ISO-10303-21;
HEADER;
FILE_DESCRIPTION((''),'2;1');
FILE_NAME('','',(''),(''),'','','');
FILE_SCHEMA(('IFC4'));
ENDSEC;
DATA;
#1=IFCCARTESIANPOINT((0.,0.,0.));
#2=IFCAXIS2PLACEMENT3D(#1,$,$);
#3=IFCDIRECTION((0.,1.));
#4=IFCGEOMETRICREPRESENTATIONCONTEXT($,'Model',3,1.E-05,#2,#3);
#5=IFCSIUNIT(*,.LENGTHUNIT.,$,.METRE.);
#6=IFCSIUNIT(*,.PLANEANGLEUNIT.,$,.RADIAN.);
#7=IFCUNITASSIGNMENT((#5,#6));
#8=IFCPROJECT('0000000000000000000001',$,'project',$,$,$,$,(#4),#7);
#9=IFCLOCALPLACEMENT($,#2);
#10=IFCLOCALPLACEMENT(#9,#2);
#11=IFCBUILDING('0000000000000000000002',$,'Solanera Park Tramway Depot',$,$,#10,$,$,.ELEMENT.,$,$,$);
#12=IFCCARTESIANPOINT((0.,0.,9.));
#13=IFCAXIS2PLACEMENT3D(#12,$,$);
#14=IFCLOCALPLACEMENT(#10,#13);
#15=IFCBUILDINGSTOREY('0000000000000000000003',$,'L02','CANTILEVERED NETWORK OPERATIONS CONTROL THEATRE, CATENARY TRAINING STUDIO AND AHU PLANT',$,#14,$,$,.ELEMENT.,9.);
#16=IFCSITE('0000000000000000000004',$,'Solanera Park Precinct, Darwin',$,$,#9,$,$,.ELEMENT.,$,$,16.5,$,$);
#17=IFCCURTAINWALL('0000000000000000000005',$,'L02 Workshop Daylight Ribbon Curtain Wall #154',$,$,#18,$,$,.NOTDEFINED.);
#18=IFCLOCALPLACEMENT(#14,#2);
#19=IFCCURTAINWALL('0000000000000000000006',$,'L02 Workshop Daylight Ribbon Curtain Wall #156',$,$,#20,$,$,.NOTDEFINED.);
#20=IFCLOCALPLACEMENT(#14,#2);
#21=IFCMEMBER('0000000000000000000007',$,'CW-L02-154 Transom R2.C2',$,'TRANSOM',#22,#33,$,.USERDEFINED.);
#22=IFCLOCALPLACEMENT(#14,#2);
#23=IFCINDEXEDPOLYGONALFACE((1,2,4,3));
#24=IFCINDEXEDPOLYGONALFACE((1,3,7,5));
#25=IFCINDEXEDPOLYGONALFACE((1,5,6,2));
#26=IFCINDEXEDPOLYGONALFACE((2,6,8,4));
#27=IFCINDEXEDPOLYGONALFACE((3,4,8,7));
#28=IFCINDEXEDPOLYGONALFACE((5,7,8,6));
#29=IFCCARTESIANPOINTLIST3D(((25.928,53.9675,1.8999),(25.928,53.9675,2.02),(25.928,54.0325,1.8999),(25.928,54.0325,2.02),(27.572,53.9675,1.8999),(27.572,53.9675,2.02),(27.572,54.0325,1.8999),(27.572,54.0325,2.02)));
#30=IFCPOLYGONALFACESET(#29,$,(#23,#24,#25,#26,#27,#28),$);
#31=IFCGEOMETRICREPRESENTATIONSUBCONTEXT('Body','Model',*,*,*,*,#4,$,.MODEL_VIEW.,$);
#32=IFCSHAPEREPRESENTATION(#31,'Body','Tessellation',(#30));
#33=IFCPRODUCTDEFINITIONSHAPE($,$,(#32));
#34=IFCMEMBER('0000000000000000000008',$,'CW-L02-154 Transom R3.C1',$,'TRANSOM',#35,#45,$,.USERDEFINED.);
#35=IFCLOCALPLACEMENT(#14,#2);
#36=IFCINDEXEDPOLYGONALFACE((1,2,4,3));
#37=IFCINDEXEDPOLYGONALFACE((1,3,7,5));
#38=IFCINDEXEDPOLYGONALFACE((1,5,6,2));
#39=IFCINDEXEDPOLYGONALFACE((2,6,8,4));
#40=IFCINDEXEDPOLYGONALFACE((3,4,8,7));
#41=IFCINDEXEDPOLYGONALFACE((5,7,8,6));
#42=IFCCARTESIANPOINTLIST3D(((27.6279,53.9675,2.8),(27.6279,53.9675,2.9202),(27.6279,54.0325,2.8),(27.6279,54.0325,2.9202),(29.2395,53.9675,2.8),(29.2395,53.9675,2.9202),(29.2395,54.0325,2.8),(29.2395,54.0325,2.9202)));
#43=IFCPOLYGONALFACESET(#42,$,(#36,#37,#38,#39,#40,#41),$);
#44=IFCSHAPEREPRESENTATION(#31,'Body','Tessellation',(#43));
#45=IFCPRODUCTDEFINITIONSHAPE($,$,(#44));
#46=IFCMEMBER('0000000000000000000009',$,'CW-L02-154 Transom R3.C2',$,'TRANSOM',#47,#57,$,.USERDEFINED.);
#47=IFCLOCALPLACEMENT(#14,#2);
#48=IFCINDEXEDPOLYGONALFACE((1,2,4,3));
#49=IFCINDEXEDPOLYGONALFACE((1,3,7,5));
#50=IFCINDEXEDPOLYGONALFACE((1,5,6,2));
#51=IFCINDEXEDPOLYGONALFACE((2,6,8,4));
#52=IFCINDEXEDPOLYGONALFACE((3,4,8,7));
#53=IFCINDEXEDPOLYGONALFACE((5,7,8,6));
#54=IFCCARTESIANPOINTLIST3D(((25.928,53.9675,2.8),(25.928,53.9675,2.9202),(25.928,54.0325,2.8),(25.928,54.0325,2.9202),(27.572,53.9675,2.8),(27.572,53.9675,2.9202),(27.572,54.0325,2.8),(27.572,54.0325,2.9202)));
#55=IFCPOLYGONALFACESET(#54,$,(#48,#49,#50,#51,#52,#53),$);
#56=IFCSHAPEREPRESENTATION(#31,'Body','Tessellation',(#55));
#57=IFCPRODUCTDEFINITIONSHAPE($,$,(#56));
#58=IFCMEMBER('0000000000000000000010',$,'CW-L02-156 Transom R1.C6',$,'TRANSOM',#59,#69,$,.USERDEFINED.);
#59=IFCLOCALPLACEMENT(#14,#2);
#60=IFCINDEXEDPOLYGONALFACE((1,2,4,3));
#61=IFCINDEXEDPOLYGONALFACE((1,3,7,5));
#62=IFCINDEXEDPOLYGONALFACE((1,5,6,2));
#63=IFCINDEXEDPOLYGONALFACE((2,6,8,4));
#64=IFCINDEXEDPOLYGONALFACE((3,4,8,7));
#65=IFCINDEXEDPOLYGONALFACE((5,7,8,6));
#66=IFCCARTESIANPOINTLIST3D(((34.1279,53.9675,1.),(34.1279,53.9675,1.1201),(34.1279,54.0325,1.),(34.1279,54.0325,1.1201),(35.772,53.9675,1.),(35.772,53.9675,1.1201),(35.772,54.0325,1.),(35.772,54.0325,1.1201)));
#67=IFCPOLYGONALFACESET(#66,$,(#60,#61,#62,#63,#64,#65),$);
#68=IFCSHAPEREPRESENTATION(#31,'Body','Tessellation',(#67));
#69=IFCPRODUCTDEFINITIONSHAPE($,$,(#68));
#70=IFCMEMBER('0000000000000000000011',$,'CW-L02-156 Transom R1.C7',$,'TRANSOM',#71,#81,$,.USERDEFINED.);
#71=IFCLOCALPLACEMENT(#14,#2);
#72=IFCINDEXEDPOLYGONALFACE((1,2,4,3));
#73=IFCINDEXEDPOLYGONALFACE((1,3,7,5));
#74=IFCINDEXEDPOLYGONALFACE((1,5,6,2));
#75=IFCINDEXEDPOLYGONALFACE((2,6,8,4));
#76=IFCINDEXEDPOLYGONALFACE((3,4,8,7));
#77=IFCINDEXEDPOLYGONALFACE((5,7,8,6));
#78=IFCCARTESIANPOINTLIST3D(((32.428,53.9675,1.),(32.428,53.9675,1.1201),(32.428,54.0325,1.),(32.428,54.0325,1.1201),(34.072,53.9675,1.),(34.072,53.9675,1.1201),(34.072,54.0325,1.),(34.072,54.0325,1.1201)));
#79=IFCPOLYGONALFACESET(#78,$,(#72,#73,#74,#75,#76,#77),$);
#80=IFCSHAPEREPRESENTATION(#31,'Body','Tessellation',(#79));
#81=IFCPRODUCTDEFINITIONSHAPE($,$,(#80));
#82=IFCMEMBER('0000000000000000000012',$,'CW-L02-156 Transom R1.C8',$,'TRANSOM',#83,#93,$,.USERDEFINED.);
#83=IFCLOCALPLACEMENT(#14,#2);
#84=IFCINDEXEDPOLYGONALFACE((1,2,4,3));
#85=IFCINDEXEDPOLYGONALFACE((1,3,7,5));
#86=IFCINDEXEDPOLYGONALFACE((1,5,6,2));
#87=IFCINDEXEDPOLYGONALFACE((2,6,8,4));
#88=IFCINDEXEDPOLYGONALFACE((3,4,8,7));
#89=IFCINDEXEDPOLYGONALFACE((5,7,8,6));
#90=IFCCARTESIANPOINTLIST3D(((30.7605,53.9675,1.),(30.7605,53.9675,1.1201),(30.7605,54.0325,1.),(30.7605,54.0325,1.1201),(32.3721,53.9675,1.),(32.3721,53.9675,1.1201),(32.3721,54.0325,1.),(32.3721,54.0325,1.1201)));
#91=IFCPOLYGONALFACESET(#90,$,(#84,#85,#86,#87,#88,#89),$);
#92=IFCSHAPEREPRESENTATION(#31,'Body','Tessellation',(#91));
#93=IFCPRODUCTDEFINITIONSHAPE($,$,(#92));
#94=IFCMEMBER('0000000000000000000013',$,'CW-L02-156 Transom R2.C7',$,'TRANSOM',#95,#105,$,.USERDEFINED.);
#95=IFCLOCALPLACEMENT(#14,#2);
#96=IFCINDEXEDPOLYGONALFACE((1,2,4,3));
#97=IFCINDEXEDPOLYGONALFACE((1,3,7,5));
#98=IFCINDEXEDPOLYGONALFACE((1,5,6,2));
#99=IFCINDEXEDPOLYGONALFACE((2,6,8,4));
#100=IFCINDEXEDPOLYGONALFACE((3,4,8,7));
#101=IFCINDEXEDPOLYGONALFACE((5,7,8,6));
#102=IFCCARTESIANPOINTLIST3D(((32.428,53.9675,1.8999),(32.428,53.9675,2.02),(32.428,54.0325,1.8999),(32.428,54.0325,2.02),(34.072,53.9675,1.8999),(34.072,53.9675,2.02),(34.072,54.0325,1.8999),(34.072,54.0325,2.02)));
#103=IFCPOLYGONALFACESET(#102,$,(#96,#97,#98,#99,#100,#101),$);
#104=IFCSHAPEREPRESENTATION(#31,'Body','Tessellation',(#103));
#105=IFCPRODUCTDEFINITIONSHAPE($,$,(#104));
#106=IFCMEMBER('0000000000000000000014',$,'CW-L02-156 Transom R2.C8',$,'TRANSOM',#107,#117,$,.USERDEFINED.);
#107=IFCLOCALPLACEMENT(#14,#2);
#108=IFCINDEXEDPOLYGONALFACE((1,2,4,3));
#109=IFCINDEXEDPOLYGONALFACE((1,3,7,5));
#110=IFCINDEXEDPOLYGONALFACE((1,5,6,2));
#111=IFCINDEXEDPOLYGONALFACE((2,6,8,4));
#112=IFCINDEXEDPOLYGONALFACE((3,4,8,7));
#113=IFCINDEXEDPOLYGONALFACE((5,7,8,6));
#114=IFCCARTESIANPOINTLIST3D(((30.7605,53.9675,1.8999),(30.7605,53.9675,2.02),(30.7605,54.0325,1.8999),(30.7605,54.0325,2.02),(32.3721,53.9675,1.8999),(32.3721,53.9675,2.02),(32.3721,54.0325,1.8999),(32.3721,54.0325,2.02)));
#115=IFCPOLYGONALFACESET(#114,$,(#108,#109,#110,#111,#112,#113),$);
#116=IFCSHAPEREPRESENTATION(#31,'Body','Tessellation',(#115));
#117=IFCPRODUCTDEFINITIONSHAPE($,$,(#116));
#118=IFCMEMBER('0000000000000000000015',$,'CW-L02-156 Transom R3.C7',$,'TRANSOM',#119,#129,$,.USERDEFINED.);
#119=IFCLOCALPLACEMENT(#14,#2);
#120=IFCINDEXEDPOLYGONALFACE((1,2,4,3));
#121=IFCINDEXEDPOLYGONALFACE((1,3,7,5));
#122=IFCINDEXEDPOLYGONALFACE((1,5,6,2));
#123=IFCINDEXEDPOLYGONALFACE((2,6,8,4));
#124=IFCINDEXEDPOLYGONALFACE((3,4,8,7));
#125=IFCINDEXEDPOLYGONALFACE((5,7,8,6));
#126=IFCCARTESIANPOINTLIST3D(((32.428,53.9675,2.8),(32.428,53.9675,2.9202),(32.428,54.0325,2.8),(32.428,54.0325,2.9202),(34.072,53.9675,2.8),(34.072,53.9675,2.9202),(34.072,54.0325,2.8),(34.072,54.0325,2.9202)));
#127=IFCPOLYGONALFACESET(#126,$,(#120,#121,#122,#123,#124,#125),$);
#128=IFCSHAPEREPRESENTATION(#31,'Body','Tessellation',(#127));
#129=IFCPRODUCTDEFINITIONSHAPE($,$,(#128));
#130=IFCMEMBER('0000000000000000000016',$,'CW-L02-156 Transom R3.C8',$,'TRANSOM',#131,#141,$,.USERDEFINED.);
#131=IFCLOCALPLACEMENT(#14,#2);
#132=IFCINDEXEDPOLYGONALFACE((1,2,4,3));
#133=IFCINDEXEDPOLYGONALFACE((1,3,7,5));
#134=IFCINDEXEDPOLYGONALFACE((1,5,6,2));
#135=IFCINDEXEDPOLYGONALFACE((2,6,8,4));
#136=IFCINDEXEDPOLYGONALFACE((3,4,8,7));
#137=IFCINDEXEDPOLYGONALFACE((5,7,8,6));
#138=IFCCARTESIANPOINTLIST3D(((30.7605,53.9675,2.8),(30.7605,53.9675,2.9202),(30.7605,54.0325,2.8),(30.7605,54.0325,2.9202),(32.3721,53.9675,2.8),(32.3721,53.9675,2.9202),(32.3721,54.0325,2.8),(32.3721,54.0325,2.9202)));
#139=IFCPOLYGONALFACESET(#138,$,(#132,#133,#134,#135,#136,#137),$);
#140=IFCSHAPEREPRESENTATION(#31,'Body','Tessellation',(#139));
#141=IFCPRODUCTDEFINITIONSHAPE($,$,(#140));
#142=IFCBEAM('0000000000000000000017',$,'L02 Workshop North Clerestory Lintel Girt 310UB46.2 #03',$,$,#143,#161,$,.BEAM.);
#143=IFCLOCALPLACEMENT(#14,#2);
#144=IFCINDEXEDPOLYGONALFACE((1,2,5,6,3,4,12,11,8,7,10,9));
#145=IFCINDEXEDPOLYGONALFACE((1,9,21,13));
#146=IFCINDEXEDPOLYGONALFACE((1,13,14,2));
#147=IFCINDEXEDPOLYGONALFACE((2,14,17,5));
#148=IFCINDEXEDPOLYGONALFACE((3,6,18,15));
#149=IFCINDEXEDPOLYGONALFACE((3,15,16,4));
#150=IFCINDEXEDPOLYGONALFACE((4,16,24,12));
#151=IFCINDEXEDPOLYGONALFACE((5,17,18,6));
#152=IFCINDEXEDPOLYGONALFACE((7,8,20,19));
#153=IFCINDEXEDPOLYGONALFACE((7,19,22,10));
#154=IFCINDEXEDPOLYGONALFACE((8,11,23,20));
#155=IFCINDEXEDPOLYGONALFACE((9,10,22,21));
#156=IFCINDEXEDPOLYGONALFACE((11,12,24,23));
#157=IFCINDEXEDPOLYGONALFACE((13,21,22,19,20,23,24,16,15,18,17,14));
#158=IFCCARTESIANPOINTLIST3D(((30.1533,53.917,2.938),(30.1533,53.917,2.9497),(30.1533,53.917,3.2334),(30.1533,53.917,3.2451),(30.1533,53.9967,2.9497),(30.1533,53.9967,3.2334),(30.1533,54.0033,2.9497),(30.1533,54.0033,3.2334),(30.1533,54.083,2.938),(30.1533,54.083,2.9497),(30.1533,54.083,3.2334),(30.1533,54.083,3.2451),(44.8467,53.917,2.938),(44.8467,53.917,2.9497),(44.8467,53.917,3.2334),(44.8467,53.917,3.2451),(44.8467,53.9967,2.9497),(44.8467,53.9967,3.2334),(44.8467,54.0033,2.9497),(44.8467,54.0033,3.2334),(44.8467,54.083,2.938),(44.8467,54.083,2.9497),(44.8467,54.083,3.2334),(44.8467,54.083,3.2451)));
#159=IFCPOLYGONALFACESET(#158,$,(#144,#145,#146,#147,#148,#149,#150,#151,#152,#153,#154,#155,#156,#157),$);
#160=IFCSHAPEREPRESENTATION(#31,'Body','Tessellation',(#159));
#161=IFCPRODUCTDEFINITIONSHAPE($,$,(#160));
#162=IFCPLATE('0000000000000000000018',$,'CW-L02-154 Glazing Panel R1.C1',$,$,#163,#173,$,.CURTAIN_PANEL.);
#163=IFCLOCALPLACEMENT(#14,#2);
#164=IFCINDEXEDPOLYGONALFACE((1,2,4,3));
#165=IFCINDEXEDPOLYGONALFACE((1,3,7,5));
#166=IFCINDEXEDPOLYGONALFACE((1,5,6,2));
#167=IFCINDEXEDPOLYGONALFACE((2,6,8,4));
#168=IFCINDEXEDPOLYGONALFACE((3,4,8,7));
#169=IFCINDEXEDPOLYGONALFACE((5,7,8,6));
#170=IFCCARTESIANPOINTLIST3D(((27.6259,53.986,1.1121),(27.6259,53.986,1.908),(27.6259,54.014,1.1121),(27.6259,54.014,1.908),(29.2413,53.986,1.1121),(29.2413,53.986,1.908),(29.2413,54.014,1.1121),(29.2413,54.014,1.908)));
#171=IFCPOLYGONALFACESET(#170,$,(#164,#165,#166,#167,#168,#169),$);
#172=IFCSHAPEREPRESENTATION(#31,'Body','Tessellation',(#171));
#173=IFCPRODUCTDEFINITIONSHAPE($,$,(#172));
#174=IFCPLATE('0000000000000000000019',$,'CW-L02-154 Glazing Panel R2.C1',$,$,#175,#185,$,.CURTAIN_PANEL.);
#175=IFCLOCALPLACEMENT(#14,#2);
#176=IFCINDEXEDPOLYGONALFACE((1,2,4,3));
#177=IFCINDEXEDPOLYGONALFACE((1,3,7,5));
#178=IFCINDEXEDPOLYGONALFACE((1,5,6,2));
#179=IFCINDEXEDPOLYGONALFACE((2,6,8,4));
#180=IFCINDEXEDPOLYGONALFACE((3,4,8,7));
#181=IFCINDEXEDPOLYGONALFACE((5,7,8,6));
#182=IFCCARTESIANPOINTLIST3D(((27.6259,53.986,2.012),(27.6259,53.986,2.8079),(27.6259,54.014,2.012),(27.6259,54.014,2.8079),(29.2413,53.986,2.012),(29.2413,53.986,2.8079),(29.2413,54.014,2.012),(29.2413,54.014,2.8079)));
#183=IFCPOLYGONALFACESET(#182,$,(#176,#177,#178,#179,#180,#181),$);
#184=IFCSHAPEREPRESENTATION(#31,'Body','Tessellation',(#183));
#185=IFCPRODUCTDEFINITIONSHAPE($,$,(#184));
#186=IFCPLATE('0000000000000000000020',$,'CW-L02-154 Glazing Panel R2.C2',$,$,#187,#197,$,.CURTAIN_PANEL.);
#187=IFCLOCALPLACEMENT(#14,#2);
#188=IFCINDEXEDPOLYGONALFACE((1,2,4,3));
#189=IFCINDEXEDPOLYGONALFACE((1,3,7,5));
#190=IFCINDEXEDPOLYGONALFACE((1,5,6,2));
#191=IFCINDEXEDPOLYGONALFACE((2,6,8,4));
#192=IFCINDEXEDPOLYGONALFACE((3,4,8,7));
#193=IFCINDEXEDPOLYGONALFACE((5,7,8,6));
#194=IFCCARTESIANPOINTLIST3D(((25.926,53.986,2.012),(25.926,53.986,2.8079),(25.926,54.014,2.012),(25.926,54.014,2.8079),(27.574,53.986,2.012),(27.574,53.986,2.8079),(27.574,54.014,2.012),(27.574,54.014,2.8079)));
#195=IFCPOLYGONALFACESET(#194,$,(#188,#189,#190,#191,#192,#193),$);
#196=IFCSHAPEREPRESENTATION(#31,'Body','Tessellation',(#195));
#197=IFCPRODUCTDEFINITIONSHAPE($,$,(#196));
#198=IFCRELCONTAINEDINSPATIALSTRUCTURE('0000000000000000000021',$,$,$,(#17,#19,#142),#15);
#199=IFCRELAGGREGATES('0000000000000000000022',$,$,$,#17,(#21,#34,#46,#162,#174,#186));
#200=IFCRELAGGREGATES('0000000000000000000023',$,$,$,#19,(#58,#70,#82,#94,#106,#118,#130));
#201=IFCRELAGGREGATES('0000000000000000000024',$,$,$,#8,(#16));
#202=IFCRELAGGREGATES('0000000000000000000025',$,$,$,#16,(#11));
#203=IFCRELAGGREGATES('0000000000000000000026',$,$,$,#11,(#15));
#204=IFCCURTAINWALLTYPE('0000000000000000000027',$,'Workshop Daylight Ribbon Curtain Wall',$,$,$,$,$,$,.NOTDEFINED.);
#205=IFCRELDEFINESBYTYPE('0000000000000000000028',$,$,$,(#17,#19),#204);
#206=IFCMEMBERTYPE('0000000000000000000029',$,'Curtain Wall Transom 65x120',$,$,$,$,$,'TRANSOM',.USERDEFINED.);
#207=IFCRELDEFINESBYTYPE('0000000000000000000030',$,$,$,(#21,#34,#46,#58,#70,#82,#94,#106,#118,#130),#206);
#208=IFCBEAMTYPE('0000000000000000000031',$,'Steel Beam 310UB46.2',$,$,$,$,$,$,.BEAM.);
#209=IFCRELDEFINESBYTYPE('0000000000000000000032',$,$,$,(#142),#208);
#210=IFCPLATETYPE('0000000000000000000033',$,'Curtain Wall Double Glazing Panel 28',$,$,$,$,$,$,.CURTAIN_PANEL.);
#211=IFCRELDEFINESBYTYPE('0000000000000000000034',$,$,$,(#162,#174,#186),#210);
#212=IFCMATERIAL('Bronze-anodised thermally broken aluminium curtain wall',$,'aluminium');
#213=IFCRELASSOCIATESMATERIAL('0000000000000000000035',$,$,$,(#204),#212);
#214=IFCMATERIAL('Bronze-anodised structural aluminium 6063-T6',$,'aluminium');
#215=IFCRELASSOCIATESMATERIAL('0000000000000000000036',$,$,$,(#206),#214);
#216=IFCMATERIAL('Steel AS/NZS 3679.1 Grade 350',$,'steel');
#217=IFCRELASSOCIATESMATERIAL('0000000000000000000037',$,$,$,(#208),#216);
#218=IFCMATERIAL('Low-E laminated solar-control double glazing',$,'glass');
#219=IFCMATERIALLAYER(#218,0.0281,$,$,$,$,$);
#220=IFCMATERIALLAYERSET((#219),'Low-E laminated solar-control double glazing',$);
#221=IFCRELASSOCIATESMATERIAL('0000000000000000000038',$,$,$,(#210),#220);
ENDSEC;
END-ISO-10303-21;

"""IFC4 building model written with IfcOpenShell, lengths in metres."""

from ifc_helpers import new_model, si_unit, direction, frame, origin, origin_2d, place, context, subcontext, project, spatial, rectangle, i_section, extrude, material, layer, layer_set, material_profile, profile_set, type_object, element, aggregate, save


model = new_model("IFC4")

# Units and contexts
model_context = context("Model", 3, precision=1e-05, world=origin(), true_north=direction((0.0, 1.0)))
body_context = subcontext(model_context, "Body", "Model", "MODEL_VIEW")
ifc_project = project(units=[si_unit("LENGTHUNIT", "METRE"), si_unit("PLANEANGLEUNIT", "RADIAN")], contexts=[model_context])

# Site, building, storey
site_placement = place(None, origin())
site = spatial("IfcSite", under=ifc_project, at=site_placement, Name="Solanera Park Precinct, Darwin", CompositionType="ELEMENT", RefElevation=16.5)
building_placement = place(site_placement, origin())
building = spatial("IfcBuilding", under=site, at=building_placement, Name="Solanera Park Tramway Depot", CompositionType="ELEMENT")
storey_placement = place(building_placement, frame((0.0, 0.0, 9.0)))
storey = spatial("IfcBuildingStorey", under=building, at=storey_placement, Name="L02", Description="CANTILEVERED NETWORK OPERATIONS CONTROL THEATRE, CATENARY TRAINING STUDIO AND AHU PLANT", CompositionType="ELEMENT", Elevation=9.0)

# Curtain walls
ifc_material_1 = material(Name="Bronze-anodised thermally broken aluminium curtain wall", Category="aluminium")
curtain_wall_type = type_object("IfcCurtainWallType", Name="Workshop Daylight Ribbon Curtain Wall", PredefinedType="NOTDEFINED", material=ifc_material_1)
curtain_wall_1_placement = place(storey_placement, origin())
curtain_wall_1 = element("IfcCurtainWall", 1, at=curtain_wall_1_placement, inside=storey, type_object=curtain_wall_type, Name="L02 Workshop Daylight Ribbon Curtain Wall #154", PredefinedType="NOTDEFINED")
curtain_wall_2_placement = place(storey_placement, origin())
curtain_wall_2 = element("IfcCurtainWall", 2, at=curtain_wall_2_placement, inside=storey, type_object=curtain_wall_type, Name="L02 Workshop Daylight Ribbon Curtain Wall #156", PredefinedType="NOTDEFINED")

# Members
ifc_material_2 = material(Name="Bronze-anodised structural aluminium 6063-T6", Category="aluminium")
ifc_material_profile_1 = material_profile(ifc_material_2, rectangle(XDim=0.0649, YDim=0.1201, at=origin_2d()), Name="Curtain Wall Transom 65x120")
ifc_profile_set_1 = profile_set([ifc_material_profile_1], Name="Bronze-anodised structural aluminium 6063-T6")
member_type_1 = type_object("IfcMemberType", Name="Curtain Wall Transom 65x120", ElementType="TRANSOM", PredefinedType="USERDEFINED", material=ifc_profile_set_1)
member_1_placement = place(storey_placement, frame((27.572, 54.0, 1.96), z_axis=(-1.0, 0.0, 0.0), x_axis=(0.0, -1.0, 0.0)))
member_1 = element("IfcMember", 3, at=member_1_placement, type_object=member_type_1, Name="CW-L02-154 Transom R2.C2", ObjectType="TRANSOM", PredefinedType="USERDEFINED", context=body_context, shape_type="SweptSolid", body=[
    extrude(rectangle(XDim=0.0649, YDim=0.1201, at=origin_2d()), origin(), (0.0, 0.0, 1.0), 1.644),
])
member_2_placement = place(storey_placement, frame((29.2395, 54.0, 2.8601), z_axis=(-1.0, 0.0, 0.0), x_axis=(0.0, -1.0, 0.0)))
member_2 = element("IfcMember", 4, at=member_2_placement, type_object=member_type_1, Name="CW-L02-154 Transom R3.C1", ObjectType="TRANSOM", PredefinedType="USERDEFINED", context=body_context, shape_type="SweptSolid", body=[
    extrude(rectangle(XDim=0.0649, YDim=0.1201, at=origin_2d()), origin(), (0.0, 0.0, 1.0), 1.6116),
])
member_3_placement = place(storey_placement, frame((27.572, 54.0, 2.8601), z_axis=(-1.0, 0.0, 0.0), x_axis=(0.0, -1.0, 0.0)))
member_3 = element("IfcMember", 5, at=member_3_placement, type_object=member_type_1, Name="CW-L02-154 Transom R3.C2", ObjectType="TRANSOM", PredefinedType="USERDEFINED", context=body_context, shape_type="SweptSolid", body=[
    extrude(rectangle(XDim=0.0649, YDim=0.1201, at=origin_2d()), origin(), (0.0, 0.0, 1.0), 1.644),
])
member_4_placement = place(storey_placement, frame((35.772, 54.0, 1.0601), z_axis=(-1.0, 0.0, 0.0), x_axis=(0.0, -1.0, 0.0)))
member_4 = element("IfcMember", 6, at=member_4_placement, type_object=member_type_1, Name="CW-L02-156 Transom R1.C6", ObjectType="TRANSOM", PredefinedType="USERDEFINED", context=body_context, shape_type="SweptSolid", body=[
    extrude(rectangle(XDim=0.0649, YDim=0.1201, at=origin_2d()), origin(), (0.0, 0.0, 1.0), 1.644),
])
member_5_placement = place(storey_placement, frame((34.072, 54.0, 1.0601), z_axis=(-1.0, 0.0, 0.0), x_axis=(0.0, -1.0, 0.0)))
member_5 = element("IfcMember", 7, at=member_5_placement, type_object=member_type_1, Name="CW-L02-156 Transom R1.C7", ObjectType="TRANSOM", PredefinedType="USERDEFINED", context=body_context, shape_type="SweptSolid", body=[
    extrude(rectangle(XDim=0.0649, YDim=0.1201, at=origin_2d()), origin(), (0.0, 0.0, 1.0), 1.644),
])
member_6_placement = place(storey_placement, frame((32.3721, 54.0, 1.0601), z_axis=(-1.0, 0.0, 0.0), x_axis=(0.0, -1.0, 0.0)))
member_6 = element("IfcMember", 8, at=member_6_placement, type_object=member_type_1, Name="CW-L02-156 Transom R1.C8", ObjectType="TRANSOM", PredefinedType="USERDEFINED", context=body_context, shape_type="SweptSolid", body=[
    extrude(rectangle(XDim=0.0649, YDim=0.1201, at=origin_2d()), origin(), (0.0, 0.0, 1.0), 1.6116),
])
member_7_placement = place(storey_placement, frame((34.072, 54.0, 1.96), z_axis=(-1.0, 0.0, 0.0), x_axis=(0.0, -1.0, 0.0)))
member_7 = element("IfcMember", 9, at=member_7_placement, type_object=member_type_1, Name="CW-L02-156 Transom R2.C7", ObjectType="TRANSOM", PredefinedType="USERDEFINED", context=body_context, shape_type="SweptSolid", body=[
    extrude(rectangle(XDim=0.0649, YDim=0.1201, at=origin_2d()), origin(), (0.0, 0.0, 1.0), 1.644),
])
member_8_placement = place(storey_placement, frame((32.3721, 54.0, 1.96), z_axis=(-1.0, 0.0, 0.0), x_axis=(0.0, -1.0, 0.0)))
member_8 = element("IfcMember", 10, at=member_8_placement, type_object=member_type_1, Name="CW-L02-156 Transom R2.C8", ObjectType="TRANSOM", PredefinedType="USERDEFINED", context=body_context, shape_type="SweptSolid", body=[
    extrude(rectangle(XDim=0.0649, YDim=0.1201, at=origin_2d()), origin(), (0.0, 0.0, 1.0), 1.6116),
])
member_9_placement = place(storey_placement, frame((34.072, 54.0, 2.8601), z_axis=(-1.0, 0.0, 0.0), x_axis=(0.0, -1.0, 0.0)))
member_9 = element("IfcMember", 11, at=member_9_placement, type_object=member_type_1, Name="CW-L02-156 Transom R3.C7", ObjectType="TRANSOM", PredefinedType="USERDEFINED", context=body_context, shape_type="SweptSolid", body=[
    extrude(rectangle(XDim=0.0649, YDim=0.1201, at=origin_2d()), origin(), (0.0, 0.0, 1.0), 1.644),
])
member_10_placement = place(storey_placement, frame((32.3721, 54.0, 2.8601), z_axis=(-1.0, 0.0, 0.0), x_axis=(0.0, -1.0, 0.0)))
member_10 = element("IfcMember", 12, at=member_10_placement, type_object=member_type_1, Name="CW-L02-156 Transom R3.C8", ObjectType="TRANSOM", PredefinedType="USERDEFINED", context=body_context, shape_type="SweptSolid", body=[
    extrude(rectangle(XDim=0.0649, YDim=0.1201, at=origin_2d()), origin(), (0.0, 0.0, 1.0), 1.6116),
])

# Beam
ifc_material_3 = material(Name="Steel AS/NZS 3679.1 Grade 350", Category="steel")
ifc_material_profile_2 = material_profile(ifc_material_3, i_section(OverallWidth=0.166, OverallDepth=0.3071, WebThickness=0.0066, FlangeThickness=0.0117, at=origin_2d()), Name="310UB46.2")
ifc_profile_set_2 = profile_set([ifc_material_profile_2], Name="Steel AS/NZS 3679.1 Grade 350")
beam_type = type_object("IfcBeamType", Name="Steel Beam 310UB46.2", PredefinedType="BEAM", material=ifc_profile_set_2)
beam_placement = place(storey_placement, frame((30.1533, 54.0, 3.0916), z_axis=(1.0, 0.0, 0.0), x_axis=(0.0, 1.0, 0.0)))
element("IfcBeam", 13, at=beam_placement, inside=storey, type_object=beam_type, Name="L02 Workshop North Clerestory Lintel Girt 310UB46.2 #03", PredefinedType="BEAM", context=body_context, shape_type="SweptSolid", body=[
    extrude(i_section(OverallWidth=0.166, OverallDepth=0.3071, WebThickness=0.0066, FlangeThickness=0.0117, at=origin_2d()), origin(), (0.0, 0.0, 1.0), 14.6934),
])

# Plates
ifc_material_4 = material(Name="Low-E laminated solar-control double glazing", Category="glass")
ifc_layer = layer(ifc_material_4, 0.0281)
ifc_layer_set = layer_set([ifc_layer], Name="Low-E laminated solar-control double glazing")
plate_type = type_object("IfcPlateType", Name="Curtain Wall Double Glazing Panel 28", PredefinedType="CURTAIN_PANEL", material=ifc_layer_set)
plate_1_placement = place(storey_placement, frame((28.4336, 54.0, 1.1121), z_axis=(0.0, 0.0, 1.0), x_axis=(-1.0, 0.0, 0.0)))
plate_1 = element("IfcPlate", 14, at=plate_1_placement, type_object=plate_type, Name="CW-L02-154 Glazing Panel R1.C1", PredefinedType="CURTAIN_PANEL", context=body_context, shape_type="SweptSolid", body=[
    extrude(rectangle(XDim=1.6155, YDim=0.0281, at=origin_2d()), origin(), (0.0, 0.0, 1.0), 0.7959),
])
plate_2_placement = place(storey_placement, frame((28.4336, 54.0, 2.012), z_axis=(0.0, 0.0, 1.0), x_axis=(-1.0, 0.0, 0.0)))
plate_2 = element("IfcPlate", 15, at=plate_2_placement, type_object=plate_type, Name="CW-L02-154 Glazing Panel R2.C1", PredefinedType="CURTAIN_PANEL", context=body_context, shape_type="SweptSolid", body=[
    extrude(rectangle(XDim=1.6155, YDim=0.0281, at=origin_2d()), origin(), (0.0, 0.0, 1.0), 0.7959),
])
plate_3_placement = place(storey_placement, frame((26.75, 54.0, 2.012), z_axis=(0.0, 0.0, 1.0), x_axis=(-1.0, 0.0, 0.0)))
plate_3 = element("IfcPlate", 16, at=plate_3_placement, type_object=plate_type, Name="CW-L02-154 Glazing Panel R2.C2", PredefinedType="CURTAIN_PANEL", context=body_context, shape_type="SweptSolid", body=[
    extrude(rectangle(XDim=1.6479, YDim=0.0281, at=origin_2d()), origin(), (0.0, 0.0, 1.0), 0.7959),
])
aggregate(curtain_wall_1, [member_1, member_2, member_3, plate_1, plate_2, plate_3])
aggregate(curtain_wall_2, [member_4, member_5, member_6, member_7, member_8, member_9, member_10])

save(model, "model.ifc")
